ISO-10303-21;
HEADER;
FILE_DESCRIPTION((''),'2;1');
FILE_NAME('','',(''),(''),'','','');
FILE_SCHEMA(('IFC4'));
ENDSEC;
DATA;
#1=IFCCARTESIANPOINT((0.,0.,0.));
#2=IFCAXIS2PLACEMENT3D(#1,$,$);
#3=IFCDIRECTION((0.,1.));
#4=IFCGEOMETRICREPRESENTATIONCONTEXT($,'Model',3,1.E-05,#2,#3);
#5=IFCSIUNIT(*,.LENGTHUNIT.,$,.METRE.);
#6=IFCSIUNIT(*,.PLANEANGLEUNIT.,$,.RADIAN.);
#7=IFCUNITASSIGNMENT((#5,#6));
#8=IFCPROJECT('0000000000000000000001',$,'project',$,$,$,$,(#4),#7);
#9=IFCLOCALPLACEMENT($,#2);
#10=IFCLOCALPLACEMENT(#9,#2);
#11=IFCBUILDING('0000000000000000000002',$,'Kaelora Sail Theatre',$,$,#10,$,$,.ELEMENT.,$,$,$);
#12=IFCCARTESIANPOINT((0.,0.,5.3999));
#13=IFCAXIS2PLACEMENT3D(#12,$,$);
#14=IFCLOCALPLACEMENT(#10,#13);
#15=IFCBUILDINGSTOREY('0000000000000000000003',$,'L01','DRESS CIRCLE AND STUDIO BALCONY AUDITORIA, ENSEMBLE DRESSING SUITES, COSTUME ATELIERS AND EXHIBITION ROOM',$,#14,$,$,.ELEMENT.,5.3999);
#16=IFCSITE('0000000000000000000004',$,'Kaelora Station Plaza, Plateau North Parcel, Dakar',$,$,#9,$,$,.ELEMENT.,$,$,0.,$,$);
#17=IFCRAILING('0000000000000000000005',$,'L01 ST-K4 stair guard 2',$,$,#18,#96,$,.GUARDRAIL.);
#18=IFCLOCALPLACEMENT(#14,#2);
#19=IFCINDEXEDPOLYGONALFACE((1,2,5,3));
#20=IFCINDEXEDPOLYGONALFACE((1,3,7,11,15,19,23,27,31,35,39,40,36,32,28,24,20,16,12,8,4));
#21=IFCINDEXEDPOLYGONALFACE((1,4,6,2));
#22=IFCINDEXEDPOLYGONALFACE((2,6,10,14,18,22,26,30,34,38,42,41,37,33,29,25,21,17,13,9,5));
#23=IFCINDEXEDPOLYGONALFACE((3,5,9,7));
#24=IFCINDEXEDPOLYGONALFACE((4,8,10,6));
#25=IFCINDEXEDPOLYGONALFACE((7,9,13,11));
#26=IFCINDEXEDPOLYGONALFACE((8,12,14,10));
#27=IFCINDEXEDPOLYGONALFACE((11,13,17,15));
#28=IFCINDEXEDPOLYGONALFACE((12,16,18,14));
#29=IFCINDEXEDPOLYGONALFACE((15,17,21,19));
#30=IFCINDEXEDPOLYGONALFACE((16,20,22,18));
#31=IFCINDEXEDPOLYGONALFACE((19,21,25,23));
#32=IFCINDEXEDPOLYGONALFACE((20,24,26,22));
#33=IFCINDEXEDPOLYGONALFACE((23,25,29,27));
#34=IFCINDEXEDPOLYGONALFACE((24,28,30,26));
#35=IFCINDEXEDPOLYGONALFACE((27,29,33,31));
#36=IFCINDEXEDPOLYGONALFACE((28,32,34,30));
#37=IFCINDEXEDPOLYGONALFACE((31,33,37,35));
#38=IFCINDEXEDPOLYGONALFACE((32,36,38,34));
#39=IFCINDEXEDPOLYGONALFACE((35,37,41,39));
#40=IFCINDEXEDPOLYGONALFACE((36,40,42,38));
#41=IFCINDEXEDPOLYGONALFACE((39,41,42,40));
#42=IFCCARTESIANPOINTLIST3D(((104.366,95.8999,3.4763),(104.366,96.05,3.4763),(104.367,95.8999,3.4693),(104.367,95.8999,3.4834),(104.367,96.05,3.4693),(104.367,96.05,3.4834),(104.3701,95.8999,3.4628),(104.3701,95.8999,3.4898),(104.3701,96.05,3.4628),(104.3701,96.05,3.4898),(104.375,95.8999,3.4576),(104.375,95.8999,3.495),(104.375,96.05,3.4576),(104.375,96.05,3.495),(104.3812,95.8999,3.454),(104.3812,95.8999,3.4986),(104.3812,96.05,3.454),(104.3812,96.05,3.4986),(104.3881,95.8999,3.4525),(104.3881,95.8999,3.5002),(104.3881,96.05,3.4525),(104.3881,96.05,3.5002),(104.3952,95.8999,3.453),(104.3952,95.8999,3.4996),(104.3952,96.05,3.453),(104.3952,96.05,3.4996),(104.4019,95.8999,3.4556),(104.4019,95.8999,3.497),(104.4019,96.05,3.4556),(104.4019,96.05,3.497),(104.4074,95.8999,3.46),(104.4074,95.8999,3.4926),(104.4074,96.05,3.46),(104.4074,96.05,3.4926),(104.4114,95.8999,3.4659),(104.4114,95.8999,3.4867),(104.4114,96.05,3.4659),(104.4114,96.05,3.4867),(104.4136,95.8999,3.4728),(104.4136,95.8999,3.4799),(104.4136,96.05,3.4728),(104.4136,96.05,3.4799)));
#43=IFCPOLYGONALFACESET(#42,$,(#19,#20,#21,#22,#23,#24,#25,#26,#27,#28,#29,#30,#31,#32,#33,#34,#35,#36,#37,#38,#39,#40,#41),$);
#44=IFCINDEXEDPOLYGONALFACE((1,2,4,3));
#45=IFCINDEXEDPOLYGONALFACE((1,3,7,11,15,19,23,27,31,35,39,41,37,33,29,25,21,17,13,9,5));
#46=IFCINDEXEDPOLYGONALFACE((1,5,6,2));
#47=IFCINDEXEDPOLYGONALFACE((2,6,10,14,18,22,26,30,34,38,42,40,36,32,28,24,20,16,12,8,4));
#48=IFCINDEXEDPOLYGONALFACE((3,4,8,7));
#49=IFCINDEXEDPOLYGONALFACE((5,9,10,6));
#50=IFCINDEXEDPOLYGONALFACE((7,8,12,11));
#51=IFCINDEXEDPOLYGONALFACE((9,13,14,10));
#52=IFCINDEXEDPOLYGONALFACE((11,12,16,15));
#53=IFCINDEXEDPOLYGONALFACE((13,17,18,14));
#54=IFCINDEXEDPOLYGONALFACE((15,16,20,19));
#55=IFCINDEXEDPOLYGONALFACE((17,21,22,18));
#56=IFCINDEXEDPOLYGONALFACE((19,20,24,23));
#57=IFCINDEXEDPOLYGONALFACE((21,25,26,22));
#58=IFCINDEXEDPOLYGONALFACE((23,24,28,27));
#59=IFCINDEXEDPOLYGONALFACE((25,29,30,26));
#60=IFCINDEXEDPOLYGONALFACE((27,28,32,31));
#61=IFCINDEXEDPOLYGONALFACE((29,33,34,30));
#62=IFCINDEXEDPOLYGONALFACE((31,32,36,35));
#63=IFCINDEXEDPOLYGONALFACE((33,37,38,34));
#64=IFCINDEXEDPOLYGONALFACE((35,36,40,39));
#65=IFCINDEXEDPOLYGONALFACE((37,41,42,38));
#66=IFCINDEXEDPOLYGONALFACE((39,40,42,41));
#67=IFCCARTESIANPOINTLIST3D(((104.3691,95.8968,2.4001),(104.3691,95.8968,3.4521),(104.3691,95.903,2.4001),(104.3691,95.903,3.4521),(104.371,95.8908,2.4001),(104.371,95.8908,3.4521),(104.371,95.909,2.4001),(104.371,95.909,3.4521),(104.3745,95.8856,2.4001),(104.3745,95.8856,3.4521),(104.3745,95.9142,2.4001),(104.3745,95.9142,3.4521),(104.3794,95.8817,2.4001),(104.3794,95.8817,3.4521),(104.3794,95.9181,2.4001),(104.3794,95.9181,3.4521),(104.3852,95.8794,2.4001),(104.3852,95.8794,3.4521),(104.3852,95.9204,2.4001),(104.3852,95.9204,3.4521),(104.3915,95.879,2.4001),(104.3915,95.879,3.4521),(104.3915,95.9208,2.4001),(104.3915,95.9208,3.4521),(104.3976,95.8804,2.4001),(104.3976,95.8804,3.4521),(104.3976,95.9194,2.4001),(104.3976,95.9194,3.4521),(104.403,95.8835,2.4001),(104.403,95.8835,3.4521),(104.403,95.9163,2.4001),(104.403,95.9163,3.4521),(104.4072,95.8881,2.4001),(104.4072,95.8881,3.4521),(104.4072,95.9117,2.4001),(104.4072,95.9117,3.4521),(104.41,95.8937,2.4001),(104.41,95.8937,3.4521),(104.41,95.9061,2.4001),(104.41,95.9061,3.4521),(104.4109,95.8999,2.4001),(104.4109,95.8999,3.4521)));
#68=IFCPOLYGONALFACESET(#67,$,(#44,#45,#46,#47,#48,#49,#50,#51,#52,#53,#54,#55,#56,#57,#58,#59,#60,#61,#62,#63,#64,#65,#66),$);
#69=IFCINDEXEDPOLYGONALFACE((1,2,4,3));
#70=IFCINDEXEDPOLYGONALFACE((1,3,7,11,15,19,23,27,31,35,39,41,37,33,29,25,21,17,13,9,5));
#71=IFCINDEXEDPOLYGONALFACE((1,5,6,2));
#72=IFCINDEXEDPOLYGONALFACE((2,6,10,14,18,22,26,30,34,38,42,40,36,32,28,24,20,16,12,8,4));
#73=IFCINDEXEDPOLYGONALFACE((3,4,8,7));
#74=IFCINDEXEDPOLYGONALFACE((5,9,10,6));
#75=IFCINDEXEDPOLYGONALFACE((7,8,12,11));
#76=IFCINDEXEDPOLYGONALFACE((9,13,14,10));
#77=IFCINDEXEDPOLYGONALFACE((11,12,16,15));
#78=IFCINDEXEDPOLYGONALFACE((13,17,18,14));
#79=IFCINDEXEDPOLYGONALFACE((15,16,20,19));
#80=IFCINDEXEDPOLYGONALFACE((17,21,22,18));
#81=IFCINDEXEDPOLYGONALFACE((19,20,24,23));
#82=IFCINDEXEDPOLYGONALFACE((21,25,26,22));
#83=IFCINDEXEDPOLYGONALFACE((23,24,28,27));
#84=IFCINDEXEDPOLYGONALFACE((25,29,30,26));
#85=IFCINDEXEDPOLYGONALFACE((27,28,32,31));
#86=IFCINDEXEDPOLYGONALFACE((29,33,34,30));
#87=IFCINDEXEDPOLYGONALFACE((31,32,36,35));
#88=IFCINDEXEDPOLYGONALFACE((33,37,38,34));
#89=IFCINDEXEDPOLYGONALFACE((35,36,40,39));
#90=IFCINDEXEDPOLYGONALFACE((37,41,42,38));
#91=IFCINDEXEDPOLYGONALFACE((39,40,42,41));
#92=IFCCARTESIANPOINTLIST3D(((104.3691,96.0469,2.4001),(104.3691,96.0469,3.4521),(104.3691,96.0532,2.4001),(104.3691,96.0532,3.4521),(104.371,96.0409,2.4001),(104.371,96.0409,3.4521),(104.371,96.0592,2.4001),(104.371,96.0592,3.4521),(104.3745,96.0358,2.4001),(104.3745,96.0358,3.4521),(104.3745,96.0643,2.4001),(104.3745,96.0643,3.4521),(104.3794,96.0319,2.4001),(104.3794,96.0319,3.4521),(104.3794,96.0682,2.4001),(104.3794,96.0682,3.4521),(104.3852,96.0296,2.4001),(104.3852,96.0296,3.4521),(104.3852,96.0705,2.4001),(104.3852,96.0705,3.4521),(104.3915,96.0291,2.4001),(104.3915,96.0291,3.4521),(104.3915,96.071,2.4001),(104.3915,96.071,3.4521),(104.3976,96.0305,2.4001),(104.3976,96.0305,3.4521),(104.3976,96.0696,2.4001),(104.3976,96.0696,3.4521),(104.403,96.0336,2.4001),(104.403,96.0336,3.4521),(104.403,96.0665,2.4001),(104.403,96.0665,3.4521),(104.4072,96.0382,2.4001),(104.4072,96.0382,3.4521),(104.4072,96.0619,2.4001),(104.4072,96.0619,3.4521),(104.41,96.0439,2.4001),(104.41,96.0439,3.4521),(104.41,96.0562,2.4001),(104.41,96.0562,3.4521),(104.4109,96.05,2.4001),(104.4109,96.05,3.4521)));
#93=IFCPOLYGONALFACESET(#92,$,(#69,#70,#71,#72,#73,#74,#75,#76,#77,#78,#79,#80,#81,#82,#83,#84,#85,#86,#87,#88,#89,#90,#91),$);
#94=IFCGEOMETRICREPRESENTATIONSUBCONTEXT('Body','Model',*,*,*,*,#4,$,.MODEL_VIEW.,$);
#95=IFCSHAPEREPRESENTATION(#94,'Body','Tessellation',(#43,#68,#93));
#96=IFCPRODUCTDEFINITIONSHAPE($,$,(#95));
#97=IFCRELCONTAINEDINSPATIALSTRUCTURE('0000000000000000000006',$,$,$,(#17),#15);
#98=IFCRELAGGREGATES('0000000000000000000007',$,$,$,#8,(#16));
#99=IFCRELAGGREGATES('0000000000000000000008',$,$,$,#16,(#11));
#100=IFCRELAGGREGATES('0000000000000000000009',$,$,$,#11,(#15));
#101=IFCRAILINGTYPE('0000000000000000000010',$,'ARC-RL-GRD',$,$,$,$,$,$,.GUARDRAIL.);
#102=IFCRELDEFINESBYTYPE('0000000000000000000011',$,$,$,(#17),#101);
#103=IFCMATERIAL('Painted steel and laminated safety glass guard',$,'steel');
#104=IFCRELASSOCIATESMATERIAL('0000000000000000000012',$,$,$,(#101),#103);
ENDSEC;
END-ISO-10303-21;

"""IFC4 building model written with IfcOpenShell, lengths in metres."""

from ifc_helpers import new_model, si_unit, direction, frame, origin, origin_2d, place, context, subcontext, project, spatial, circle, extrude, material, type_object, element, save


model = new_model("IFC4")

# Units and contexts
model_context = context("Model", 3, precision=1e-05, world=origin(), true_north=direction((0.0, 1.0)))
body_context = subcontext(model_context, "Body", "Model", "MODEL_VIEW")
ifc_project = project(units=[si_unit("LENGTHUNIT", "METRE"), si_unit("PLANEANGLEUNIT", "RADIAN")], contexts=[model_context])

# Site, building, storey
site_placement = place(None, origin())
site = spatial("IfcSite", under=ifc_project, at=site_placement, Name="Kaelora Station Plaza, Plateau North Parcel, Dakar", CompositionType="ELEMENT", RefElevation=0.0)
building_placement = place(site_placement, origin())
building = spatial("IfcBuilding", under=site, at=building_placement, Name="Kaelora Sail Theatre", CompositionType="ELEMENT")
storey_placement = place(building_placement, frame((0.0, 0.0, 5.3999)))
storey = spatial("IfcBuildingStorey", under=building, at=storey_placement, Name="L01", Description="DRESS CIRCLE AND STUDIO BALCONY AUDITORIA, ENSEMBLE DRESSING SUITES, COSTUME ATELIERS AND EXHIBITION ROOM", CompositionType="ELEMENT", Elevation=5.3999)

# Railing
ifc_material_1 = material(Name="Painted steel and laminated safety glass guard", Category="steel")
railing_type_1 = type_object("IfcRailingType", Name="ARC-RL-GRD", PredefinedType="GUARDRAIL", material=ifc_material_1)
railing_1_placement = place(storey_placement, frame((104.3899, 95.8999, 2.4001)))
element("IfcRailing", 1, at=railing_1_placement, inside=storey, type_object=railing_type_1, Name="L01 ST-K4 stair guard 2", PredefinedType="GUARDRAIL", context=body_context, shape_type="SweptSolid", body=[
    extrude(circle(Radius=0.0239, at=origin_2d()), frame((0.0, 0.0, 1.0762), z_axis=(0.0, 1.0, 0.0), x_axis=(-1.0, 0.0, 0.0)), (0.0, 0.0, 1.0), 0.1501),
    extrude(circle(Radius=0.021, at=origin_2d()), origin(), (0.0, 0.0, 1.0), 1.052),
    extrude(circle(Radius=0.021, at=origin_2d()), frame((0.0, 0.1501, 0.0)), (0.0, 0.0, 1.0), 1.052),
])

save(model, "model.ifc")
